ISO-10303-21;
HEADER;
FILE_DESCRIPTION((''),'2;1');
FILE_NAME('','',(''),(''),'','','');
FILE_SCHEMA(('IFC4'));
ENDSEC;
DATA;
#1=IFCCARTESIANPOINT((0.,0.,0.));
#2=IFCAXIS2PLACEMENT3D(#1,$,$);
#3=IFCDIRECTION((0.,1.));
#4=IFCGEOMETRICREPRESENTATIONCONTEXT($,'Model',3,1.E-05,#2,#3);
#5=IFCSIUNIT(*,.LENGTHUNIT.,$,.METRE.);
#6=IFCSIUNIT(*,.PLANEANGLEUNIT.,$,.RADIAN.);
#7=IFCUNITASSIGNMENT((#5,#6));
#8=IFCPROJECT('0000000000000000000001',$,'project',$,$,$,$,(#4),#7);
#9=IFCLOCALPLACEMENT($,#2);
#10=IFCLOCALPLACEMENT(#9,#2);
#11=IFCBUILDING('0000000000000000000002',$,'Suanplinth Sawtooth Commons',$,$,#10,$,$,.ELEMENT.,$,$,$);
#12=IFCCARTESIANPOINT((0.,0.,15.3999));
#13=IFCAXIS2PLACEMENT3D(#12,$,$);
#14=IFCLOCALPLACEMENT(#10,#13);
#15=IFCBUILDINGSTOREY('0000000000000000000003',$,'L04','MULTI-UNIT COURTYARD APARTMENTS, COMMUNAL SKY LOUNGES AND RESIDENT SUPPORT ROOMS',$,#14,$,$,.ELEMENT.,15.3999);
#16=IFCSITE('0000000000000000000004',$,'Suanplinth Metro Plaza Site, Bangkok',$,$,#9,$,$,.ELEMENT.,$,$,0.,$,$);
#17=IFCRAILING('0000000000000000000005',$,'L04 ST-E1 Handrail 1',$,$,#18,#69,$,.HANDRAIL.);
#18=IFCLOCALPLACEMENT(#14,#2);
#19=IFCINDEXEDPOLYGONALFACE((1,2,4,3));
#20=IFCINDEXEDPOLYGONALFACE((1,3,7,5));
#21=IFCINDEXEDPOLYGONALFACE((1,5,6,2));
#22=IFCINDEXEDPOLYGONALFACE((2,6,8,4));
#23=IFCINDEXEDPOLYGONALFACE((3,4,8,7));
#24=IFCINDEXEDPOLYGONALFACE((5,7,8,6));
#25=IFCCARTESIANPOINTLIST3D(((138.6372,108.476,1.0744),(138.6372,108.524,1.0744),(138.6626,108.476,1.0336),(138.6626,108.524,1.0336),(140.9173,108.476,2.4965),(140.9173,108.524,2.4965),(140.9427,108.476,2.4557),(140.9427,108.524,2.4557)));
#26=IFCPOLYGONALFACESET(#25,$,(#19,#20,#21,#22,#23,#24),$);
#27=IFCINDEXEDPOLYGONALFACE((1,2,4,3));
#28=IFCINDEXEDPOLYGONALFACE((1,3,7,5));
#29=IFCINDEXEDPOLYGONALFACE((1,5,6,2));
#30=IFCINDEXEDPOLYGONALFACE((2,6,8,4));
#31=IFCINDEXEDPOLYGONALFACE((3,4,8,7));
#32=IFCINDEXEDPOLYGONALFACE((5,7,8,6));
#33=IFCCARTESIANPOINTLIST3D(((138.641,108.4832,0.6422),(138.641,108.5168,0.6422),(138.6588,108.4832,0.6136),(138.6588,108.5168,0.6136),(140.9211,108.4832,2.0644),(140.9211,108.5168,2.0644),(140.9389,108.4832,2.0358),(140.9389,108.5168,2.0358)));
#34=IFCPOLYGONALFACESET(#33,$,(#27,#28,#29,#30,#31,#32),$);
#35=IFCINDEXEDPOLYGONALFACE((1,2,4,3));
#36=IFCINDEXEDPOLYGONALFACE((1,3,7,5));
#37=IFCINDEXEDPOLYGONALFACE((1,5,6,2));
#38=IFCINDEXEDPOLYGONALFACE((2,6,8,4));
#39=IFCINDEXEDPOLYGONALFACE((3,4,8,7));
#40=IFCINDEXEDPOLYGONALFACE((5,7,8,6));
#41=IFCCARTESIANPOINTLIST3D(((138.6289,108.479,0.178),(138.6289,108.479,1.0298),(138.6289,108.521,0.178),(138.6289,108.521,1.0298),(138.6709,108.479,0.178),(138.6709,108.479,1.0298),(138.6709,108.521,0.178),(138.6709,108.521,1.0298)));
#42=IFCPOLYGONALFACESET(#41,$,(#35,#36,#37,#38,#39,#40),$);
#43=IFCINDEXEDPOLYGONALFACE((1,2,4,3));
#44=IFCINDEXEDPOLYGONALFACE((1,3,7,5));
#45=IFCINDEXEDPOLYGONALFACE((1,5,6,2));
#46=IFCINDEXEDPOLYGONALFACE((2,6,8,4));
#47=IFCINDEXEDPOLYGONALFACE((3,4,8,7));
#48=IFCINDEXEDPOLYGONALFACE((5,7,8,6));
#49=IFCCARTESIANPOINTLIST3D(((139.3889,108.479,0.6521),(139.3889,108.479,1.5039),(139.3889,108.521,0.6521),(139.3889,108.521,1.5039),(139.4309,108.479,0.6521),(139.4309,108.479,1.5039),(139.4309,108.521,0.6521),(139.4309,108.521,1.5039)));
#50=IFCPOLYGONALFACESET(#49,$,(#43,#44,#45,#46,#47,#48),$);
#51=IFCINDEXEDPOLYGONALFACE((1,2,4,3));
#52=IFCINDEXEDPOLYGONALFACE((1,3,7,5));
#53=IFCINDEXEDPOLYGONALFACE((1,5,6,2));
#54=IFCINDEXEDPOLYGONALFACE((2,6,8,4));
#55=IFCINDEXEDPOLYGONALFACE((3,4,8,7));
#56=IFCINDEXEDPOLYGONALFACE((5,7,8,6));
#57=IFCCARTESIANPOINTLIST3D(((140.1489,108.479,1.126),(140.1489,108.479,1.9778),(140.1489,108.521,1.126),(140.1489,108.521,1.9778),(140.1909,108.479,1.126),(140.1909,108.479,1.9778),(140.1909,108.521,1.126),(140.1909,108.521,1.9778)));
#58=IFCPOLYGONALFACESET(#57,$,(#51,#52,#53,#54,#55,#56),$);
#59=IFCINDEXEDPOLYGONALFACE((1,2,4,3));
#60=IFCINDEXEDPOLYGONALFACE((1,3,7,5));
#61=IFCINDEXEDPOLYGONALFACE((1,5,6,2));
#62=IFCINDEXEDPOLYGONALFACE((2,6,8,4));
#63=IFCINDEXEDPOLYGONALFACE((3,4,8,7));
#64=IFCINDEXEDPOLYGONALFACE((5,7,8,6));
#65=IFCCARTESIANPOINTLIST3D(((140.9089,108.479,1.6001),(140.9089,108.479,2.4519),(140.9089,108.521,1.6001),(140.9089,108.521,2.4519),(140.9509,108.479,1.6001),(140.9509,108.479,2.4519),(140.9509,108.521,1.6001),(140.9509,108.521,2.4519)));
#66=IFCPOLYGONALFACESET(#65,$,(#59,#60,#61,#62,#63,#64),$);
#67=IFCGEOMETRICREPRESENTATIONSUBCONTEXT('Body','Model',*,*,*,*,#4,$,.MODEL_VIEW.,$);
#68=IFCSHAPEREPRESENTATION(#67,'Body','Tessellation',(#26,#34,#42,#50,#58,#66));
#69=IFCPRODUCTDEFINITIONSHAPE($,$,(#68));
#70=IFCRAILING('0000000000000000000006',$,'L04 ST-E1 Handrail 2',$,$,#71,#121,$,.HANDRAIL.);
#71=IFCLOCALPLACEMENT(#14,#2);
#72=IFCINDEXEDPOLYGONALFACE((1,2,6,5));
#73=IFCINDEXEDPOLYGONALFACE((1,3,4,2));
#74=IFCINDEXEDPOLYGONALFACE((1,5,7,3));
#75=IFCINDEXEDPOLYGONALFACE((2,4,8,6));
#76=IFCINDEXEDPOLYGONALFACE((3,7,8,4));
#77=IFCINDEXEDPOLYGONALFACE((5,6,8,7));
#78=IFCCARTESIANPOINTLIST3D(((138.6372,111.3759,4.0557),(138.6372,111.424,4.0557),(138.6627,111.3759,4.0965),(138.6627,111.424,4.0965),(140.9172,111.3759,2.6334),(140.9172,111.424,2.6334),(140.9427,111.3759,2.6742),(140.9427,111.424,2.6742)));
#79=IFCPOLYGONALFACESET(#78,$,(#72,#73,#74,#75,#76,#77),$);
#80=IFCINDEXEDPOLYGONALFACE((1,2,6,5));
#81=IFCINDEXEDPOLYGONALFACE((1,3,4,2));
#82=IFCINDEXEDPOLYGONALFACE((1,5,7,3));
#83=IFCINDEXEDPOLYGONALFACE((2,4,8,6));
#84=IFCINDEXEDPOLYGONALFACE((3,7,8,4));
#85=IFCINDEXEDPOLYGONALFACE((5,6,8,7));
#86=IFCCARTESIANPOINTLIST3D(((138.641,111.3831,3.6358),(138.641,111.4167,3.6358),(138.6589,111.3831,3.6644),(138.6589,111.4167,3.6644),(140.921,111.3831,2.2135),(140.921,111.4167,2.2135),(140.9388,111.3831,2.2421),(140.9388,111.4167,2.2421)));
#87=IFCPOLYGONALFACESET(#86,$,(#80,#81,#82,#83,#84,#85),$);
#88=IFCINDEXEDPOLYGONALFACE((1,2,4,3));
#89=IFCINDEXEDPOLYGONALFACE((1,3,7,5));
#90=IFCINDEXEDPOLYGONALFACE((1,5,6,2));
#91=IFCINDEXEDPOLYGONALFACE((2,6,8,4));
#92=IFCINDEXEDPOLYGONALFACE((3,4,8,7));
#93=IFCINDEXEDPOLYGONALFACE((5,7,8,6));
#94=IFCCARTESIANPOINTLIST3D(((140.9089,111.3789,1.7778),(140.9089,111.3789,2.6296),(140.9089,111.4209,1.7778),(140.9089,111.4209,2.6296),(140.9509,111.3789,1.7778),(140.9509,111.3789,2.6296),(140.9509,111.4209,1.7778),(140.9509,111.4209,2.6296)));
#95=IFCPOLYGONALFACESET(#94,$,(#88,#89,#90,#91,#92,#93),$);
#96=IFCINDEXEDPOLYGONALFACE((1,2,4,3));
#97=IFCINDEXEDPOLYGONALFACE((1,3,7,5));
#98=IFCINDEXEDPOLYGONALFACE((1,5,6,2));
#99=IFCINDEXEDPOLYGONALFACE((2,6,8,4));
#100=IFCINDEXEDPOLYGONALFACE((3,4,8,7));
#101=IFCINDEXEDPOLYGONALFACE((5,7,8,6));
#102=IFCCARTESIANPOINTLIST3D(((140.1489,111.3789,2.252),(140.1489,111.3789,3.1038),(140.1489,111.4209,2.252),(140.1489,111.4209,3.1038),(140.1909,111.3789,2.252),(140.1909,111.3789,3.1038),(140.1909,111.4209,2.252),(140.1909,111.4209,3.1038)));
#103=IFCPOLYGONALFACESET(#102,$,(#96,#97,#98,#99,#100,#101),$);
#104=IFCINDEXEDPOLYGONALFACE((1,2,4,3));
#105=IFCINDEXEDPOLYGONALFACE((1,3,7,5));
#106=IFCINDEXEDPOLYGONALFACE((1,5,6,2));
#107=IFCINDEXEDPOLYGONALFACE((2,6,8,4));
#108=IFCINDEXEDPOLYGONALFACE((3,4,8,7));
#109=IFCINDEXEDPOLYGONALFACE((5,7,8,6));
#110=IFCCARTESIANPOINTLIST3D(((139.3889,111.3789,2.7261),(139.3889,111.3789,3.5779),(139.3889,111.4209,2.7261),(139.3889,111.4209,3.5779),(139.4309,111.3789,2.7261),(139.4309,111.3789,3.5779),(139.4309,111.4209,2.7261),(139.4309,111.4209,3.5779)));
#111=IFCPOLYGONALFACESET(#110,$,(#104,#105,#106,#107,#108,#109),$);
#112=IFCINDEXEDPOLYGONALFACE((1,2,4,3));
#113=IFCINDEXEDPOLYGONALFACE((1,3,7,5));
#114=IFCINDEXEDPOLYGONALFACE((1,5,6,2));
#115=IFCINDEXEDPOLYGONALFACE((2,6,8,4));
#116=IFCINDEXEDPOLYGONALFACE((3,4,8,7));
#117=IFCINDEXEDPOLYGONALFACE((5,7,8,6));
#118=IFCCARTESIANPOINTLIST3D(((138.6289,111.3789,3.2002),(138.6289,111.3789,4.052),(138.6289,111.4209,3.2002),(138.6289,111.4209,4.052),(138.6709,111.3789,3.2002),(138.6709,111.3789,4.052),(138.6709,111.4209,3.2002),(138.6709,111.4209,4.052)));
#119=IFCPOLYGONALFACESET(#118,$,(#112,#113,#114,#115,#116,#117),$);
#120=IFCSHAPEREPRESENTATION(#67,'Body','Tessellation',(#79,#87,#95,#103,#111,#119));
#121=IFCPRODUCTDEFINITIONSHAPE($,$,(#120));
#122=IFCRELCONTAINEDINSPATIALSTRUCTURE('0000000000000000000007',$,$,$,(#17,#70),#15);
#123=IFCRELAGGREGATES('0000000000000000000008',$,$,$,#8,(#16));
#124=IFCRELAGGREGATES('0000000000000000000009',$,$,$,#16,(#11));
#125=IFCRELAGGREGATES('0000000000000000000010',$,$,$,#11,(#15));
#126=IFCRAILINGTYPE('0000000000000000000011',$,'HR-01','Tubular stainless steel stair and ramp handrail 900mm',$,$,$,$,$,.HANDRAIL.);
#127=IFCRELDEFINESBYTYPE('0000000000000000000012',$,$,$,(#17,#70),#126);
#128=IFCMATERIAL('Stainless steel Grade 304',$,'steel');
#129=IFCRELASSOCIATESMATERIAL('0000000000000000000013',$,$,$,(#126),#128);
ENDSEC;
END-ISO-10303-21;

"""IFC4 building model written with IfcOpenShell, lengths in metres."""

from ifc_helpers import new_model, si_unit, direction, frame, origin, origin_2d, place, context, subcontext, project, spatial, rectangle, extrude, material, type_object, element, save


model = new_model("IFC4")

# Units and contexts
model_context = context("Model", 3, precision=1e-05, world=origin(), true_north=direction((0.0, 1.0)))
body_context = subcontext(model_context, "Body", "Model", "MODEL_VIEW")
ifc_project = project(units=[si_unit("LENGTHUNIT", "METRE"), si_unit("PLANEANGLEUNIT", "RADIAN")], contexts=[model_context])

# Site, building, storey
site_placement = place(None, origin())
site = spatial("IfcSite", under=ifc_project, at=site_placement, Name="Suanplinth Metro Plaza Site, Bangkok", CompositionType="ELEMENT", RefElevation=0.0)
building_placement = place(site_placement, origin())
building = spatial("IfcBuilding", under=site, at=building_placement, Name="Suanplinth Sawtooth Commons", CompositionType="ELEMENT")
storey_placement = place(building_placement, frame((0.0, 0.0, 15.3999)))
storey = spatial("IfcBuildingStorey", under=building, at=storey_placement, Name="L04", Description="MULTI-UNIT COURTYARD APARTMENTS, COMMUNAL SKY LOUNGES AND RESIDENT SUPPORT ROOMS", CompositionType="ELEMENT", Elevation=15.3999)

# Railings
ifc_material_1 = material(Name="Stainless steel Grade 304", Category="steel")
railing_type_1 = type_object("IfcRailingType", Name="HR-01", Description="Tubular stainless steel stair and ramp handrail 900mm", PredefinedType="HANDRAIL", material=ifc_material_1)
railing_1_placement = place(storey_placement, frame((138.6499, 108.5, 0.178)))
element("IfcRailing", 1, at=railing_1_placement, inside=storey, type_object=railing_type_1, Name="L04 ST-E1 Handrail 1", PredefinedType="HANDRAIL", context=body_context, shape_type="SweptSolid", body=[
    extrude(rectangle(XDim=0.0481, YDim=0.0481, at=origin_2d()), frame((0.0, 0.0, 0.876), z_axis=(0.848483, 0.0, 0.529223), x_axis=(0.0, 1.0, 0.0)), (0.0, 0.0, 1.0), 2.6873),
    extrude(rectangle(XDim=0.0337, YDim=0.0337, at=origin_2d()), frame((0.0, 0.0, 0.45), z_axis=(0.848483, 0.0, 0.529223), x_axis=(0.0, 1.0, 0.0)), (0.0, 0.0, 1.0), 2.6873),
    extrude(rectangle(XDim=0.042, YDim=0.042, at=origin_2d()), origin(), (0.0, 0.0, 1.0), 0.8518),
    extrude(rectangle(XDim=0.042, YDim=0.042, at=origin_2d()), frame((0.76, 0.0, 0.4741)), (0.0, 0.0, 1.0), 0.8518),
    extrude(rectangle(XDim=0.042, YDim=0.042, at=origin_2d()), frame((1.52, 0.0, 0.948)), (0.0, 0.0, 1.0), 0.8518),
    extrude(rectangle(XDim=0.042, YDim=0.042, at=origin_2d()), frame((2.28, 0.0, 1.4221)), (0.0, 0.0, 1.0), 0.8518),
])
railing_2_placement = place(storey_placement, frame((140.9299, 111.3999, 1.7778)))
element("IfcRailing", 2, at=railing_2_placement, inside=storey, type_object=railing_type_1, Name="L04 ST-E1 Handrail 2", PredefinedType="HANDRAIL", context=body_context, shape_type="SweptSolid", body=[
    extrude(rectangle(XDim=0.0481, YDim=0.0481, at=origin_2d()), frame((0.0, 0.0, 0.876), z_axis=(-0.848442, 0.0, 0.529288), x_axis=(0.0, -1.0, 0.0)), (0.0, 0.0, 1.0), 2.6873),
    extrude(rectangle(XDim=0.0337, YDim=0.0337, at=origin_2d()), frame((0.0, 0.0, 0.45), z_axis=(-0.848442, 0.0, 0.529288), x_axis=(0.0, -1.0, 0.0)), (0.0, 0.0, 1.0), 2.6873),
    extrude(rectangle(XDim=0.042, YDim=0.042, at=origin_2d()), origin(), (0.0, 0.0, 1.0), 0.8518),
    extrude(rectangle(XDim=0.042, YDim=0.042, at=origin_2d()), frame((-0.76, 0.0, 0.4741)), (0.0, 0.0, 1.0), 0.8518),
    extrude(rectangle(XDim=0.042, YDim=0.042, at=origin_2d()), frame((-1.52, 0.0, 0.9482)), (0.0, 0.0, 1.0), 0.8518),
    extrude(rectangle(XDim=0.042, YDim=0.042, at=origin_2d()), frame((-2.28, 0.0, 1.4224)), (0.0, 0.0, 1.0), 0.8518),
])

save(model, "model.ifc")
